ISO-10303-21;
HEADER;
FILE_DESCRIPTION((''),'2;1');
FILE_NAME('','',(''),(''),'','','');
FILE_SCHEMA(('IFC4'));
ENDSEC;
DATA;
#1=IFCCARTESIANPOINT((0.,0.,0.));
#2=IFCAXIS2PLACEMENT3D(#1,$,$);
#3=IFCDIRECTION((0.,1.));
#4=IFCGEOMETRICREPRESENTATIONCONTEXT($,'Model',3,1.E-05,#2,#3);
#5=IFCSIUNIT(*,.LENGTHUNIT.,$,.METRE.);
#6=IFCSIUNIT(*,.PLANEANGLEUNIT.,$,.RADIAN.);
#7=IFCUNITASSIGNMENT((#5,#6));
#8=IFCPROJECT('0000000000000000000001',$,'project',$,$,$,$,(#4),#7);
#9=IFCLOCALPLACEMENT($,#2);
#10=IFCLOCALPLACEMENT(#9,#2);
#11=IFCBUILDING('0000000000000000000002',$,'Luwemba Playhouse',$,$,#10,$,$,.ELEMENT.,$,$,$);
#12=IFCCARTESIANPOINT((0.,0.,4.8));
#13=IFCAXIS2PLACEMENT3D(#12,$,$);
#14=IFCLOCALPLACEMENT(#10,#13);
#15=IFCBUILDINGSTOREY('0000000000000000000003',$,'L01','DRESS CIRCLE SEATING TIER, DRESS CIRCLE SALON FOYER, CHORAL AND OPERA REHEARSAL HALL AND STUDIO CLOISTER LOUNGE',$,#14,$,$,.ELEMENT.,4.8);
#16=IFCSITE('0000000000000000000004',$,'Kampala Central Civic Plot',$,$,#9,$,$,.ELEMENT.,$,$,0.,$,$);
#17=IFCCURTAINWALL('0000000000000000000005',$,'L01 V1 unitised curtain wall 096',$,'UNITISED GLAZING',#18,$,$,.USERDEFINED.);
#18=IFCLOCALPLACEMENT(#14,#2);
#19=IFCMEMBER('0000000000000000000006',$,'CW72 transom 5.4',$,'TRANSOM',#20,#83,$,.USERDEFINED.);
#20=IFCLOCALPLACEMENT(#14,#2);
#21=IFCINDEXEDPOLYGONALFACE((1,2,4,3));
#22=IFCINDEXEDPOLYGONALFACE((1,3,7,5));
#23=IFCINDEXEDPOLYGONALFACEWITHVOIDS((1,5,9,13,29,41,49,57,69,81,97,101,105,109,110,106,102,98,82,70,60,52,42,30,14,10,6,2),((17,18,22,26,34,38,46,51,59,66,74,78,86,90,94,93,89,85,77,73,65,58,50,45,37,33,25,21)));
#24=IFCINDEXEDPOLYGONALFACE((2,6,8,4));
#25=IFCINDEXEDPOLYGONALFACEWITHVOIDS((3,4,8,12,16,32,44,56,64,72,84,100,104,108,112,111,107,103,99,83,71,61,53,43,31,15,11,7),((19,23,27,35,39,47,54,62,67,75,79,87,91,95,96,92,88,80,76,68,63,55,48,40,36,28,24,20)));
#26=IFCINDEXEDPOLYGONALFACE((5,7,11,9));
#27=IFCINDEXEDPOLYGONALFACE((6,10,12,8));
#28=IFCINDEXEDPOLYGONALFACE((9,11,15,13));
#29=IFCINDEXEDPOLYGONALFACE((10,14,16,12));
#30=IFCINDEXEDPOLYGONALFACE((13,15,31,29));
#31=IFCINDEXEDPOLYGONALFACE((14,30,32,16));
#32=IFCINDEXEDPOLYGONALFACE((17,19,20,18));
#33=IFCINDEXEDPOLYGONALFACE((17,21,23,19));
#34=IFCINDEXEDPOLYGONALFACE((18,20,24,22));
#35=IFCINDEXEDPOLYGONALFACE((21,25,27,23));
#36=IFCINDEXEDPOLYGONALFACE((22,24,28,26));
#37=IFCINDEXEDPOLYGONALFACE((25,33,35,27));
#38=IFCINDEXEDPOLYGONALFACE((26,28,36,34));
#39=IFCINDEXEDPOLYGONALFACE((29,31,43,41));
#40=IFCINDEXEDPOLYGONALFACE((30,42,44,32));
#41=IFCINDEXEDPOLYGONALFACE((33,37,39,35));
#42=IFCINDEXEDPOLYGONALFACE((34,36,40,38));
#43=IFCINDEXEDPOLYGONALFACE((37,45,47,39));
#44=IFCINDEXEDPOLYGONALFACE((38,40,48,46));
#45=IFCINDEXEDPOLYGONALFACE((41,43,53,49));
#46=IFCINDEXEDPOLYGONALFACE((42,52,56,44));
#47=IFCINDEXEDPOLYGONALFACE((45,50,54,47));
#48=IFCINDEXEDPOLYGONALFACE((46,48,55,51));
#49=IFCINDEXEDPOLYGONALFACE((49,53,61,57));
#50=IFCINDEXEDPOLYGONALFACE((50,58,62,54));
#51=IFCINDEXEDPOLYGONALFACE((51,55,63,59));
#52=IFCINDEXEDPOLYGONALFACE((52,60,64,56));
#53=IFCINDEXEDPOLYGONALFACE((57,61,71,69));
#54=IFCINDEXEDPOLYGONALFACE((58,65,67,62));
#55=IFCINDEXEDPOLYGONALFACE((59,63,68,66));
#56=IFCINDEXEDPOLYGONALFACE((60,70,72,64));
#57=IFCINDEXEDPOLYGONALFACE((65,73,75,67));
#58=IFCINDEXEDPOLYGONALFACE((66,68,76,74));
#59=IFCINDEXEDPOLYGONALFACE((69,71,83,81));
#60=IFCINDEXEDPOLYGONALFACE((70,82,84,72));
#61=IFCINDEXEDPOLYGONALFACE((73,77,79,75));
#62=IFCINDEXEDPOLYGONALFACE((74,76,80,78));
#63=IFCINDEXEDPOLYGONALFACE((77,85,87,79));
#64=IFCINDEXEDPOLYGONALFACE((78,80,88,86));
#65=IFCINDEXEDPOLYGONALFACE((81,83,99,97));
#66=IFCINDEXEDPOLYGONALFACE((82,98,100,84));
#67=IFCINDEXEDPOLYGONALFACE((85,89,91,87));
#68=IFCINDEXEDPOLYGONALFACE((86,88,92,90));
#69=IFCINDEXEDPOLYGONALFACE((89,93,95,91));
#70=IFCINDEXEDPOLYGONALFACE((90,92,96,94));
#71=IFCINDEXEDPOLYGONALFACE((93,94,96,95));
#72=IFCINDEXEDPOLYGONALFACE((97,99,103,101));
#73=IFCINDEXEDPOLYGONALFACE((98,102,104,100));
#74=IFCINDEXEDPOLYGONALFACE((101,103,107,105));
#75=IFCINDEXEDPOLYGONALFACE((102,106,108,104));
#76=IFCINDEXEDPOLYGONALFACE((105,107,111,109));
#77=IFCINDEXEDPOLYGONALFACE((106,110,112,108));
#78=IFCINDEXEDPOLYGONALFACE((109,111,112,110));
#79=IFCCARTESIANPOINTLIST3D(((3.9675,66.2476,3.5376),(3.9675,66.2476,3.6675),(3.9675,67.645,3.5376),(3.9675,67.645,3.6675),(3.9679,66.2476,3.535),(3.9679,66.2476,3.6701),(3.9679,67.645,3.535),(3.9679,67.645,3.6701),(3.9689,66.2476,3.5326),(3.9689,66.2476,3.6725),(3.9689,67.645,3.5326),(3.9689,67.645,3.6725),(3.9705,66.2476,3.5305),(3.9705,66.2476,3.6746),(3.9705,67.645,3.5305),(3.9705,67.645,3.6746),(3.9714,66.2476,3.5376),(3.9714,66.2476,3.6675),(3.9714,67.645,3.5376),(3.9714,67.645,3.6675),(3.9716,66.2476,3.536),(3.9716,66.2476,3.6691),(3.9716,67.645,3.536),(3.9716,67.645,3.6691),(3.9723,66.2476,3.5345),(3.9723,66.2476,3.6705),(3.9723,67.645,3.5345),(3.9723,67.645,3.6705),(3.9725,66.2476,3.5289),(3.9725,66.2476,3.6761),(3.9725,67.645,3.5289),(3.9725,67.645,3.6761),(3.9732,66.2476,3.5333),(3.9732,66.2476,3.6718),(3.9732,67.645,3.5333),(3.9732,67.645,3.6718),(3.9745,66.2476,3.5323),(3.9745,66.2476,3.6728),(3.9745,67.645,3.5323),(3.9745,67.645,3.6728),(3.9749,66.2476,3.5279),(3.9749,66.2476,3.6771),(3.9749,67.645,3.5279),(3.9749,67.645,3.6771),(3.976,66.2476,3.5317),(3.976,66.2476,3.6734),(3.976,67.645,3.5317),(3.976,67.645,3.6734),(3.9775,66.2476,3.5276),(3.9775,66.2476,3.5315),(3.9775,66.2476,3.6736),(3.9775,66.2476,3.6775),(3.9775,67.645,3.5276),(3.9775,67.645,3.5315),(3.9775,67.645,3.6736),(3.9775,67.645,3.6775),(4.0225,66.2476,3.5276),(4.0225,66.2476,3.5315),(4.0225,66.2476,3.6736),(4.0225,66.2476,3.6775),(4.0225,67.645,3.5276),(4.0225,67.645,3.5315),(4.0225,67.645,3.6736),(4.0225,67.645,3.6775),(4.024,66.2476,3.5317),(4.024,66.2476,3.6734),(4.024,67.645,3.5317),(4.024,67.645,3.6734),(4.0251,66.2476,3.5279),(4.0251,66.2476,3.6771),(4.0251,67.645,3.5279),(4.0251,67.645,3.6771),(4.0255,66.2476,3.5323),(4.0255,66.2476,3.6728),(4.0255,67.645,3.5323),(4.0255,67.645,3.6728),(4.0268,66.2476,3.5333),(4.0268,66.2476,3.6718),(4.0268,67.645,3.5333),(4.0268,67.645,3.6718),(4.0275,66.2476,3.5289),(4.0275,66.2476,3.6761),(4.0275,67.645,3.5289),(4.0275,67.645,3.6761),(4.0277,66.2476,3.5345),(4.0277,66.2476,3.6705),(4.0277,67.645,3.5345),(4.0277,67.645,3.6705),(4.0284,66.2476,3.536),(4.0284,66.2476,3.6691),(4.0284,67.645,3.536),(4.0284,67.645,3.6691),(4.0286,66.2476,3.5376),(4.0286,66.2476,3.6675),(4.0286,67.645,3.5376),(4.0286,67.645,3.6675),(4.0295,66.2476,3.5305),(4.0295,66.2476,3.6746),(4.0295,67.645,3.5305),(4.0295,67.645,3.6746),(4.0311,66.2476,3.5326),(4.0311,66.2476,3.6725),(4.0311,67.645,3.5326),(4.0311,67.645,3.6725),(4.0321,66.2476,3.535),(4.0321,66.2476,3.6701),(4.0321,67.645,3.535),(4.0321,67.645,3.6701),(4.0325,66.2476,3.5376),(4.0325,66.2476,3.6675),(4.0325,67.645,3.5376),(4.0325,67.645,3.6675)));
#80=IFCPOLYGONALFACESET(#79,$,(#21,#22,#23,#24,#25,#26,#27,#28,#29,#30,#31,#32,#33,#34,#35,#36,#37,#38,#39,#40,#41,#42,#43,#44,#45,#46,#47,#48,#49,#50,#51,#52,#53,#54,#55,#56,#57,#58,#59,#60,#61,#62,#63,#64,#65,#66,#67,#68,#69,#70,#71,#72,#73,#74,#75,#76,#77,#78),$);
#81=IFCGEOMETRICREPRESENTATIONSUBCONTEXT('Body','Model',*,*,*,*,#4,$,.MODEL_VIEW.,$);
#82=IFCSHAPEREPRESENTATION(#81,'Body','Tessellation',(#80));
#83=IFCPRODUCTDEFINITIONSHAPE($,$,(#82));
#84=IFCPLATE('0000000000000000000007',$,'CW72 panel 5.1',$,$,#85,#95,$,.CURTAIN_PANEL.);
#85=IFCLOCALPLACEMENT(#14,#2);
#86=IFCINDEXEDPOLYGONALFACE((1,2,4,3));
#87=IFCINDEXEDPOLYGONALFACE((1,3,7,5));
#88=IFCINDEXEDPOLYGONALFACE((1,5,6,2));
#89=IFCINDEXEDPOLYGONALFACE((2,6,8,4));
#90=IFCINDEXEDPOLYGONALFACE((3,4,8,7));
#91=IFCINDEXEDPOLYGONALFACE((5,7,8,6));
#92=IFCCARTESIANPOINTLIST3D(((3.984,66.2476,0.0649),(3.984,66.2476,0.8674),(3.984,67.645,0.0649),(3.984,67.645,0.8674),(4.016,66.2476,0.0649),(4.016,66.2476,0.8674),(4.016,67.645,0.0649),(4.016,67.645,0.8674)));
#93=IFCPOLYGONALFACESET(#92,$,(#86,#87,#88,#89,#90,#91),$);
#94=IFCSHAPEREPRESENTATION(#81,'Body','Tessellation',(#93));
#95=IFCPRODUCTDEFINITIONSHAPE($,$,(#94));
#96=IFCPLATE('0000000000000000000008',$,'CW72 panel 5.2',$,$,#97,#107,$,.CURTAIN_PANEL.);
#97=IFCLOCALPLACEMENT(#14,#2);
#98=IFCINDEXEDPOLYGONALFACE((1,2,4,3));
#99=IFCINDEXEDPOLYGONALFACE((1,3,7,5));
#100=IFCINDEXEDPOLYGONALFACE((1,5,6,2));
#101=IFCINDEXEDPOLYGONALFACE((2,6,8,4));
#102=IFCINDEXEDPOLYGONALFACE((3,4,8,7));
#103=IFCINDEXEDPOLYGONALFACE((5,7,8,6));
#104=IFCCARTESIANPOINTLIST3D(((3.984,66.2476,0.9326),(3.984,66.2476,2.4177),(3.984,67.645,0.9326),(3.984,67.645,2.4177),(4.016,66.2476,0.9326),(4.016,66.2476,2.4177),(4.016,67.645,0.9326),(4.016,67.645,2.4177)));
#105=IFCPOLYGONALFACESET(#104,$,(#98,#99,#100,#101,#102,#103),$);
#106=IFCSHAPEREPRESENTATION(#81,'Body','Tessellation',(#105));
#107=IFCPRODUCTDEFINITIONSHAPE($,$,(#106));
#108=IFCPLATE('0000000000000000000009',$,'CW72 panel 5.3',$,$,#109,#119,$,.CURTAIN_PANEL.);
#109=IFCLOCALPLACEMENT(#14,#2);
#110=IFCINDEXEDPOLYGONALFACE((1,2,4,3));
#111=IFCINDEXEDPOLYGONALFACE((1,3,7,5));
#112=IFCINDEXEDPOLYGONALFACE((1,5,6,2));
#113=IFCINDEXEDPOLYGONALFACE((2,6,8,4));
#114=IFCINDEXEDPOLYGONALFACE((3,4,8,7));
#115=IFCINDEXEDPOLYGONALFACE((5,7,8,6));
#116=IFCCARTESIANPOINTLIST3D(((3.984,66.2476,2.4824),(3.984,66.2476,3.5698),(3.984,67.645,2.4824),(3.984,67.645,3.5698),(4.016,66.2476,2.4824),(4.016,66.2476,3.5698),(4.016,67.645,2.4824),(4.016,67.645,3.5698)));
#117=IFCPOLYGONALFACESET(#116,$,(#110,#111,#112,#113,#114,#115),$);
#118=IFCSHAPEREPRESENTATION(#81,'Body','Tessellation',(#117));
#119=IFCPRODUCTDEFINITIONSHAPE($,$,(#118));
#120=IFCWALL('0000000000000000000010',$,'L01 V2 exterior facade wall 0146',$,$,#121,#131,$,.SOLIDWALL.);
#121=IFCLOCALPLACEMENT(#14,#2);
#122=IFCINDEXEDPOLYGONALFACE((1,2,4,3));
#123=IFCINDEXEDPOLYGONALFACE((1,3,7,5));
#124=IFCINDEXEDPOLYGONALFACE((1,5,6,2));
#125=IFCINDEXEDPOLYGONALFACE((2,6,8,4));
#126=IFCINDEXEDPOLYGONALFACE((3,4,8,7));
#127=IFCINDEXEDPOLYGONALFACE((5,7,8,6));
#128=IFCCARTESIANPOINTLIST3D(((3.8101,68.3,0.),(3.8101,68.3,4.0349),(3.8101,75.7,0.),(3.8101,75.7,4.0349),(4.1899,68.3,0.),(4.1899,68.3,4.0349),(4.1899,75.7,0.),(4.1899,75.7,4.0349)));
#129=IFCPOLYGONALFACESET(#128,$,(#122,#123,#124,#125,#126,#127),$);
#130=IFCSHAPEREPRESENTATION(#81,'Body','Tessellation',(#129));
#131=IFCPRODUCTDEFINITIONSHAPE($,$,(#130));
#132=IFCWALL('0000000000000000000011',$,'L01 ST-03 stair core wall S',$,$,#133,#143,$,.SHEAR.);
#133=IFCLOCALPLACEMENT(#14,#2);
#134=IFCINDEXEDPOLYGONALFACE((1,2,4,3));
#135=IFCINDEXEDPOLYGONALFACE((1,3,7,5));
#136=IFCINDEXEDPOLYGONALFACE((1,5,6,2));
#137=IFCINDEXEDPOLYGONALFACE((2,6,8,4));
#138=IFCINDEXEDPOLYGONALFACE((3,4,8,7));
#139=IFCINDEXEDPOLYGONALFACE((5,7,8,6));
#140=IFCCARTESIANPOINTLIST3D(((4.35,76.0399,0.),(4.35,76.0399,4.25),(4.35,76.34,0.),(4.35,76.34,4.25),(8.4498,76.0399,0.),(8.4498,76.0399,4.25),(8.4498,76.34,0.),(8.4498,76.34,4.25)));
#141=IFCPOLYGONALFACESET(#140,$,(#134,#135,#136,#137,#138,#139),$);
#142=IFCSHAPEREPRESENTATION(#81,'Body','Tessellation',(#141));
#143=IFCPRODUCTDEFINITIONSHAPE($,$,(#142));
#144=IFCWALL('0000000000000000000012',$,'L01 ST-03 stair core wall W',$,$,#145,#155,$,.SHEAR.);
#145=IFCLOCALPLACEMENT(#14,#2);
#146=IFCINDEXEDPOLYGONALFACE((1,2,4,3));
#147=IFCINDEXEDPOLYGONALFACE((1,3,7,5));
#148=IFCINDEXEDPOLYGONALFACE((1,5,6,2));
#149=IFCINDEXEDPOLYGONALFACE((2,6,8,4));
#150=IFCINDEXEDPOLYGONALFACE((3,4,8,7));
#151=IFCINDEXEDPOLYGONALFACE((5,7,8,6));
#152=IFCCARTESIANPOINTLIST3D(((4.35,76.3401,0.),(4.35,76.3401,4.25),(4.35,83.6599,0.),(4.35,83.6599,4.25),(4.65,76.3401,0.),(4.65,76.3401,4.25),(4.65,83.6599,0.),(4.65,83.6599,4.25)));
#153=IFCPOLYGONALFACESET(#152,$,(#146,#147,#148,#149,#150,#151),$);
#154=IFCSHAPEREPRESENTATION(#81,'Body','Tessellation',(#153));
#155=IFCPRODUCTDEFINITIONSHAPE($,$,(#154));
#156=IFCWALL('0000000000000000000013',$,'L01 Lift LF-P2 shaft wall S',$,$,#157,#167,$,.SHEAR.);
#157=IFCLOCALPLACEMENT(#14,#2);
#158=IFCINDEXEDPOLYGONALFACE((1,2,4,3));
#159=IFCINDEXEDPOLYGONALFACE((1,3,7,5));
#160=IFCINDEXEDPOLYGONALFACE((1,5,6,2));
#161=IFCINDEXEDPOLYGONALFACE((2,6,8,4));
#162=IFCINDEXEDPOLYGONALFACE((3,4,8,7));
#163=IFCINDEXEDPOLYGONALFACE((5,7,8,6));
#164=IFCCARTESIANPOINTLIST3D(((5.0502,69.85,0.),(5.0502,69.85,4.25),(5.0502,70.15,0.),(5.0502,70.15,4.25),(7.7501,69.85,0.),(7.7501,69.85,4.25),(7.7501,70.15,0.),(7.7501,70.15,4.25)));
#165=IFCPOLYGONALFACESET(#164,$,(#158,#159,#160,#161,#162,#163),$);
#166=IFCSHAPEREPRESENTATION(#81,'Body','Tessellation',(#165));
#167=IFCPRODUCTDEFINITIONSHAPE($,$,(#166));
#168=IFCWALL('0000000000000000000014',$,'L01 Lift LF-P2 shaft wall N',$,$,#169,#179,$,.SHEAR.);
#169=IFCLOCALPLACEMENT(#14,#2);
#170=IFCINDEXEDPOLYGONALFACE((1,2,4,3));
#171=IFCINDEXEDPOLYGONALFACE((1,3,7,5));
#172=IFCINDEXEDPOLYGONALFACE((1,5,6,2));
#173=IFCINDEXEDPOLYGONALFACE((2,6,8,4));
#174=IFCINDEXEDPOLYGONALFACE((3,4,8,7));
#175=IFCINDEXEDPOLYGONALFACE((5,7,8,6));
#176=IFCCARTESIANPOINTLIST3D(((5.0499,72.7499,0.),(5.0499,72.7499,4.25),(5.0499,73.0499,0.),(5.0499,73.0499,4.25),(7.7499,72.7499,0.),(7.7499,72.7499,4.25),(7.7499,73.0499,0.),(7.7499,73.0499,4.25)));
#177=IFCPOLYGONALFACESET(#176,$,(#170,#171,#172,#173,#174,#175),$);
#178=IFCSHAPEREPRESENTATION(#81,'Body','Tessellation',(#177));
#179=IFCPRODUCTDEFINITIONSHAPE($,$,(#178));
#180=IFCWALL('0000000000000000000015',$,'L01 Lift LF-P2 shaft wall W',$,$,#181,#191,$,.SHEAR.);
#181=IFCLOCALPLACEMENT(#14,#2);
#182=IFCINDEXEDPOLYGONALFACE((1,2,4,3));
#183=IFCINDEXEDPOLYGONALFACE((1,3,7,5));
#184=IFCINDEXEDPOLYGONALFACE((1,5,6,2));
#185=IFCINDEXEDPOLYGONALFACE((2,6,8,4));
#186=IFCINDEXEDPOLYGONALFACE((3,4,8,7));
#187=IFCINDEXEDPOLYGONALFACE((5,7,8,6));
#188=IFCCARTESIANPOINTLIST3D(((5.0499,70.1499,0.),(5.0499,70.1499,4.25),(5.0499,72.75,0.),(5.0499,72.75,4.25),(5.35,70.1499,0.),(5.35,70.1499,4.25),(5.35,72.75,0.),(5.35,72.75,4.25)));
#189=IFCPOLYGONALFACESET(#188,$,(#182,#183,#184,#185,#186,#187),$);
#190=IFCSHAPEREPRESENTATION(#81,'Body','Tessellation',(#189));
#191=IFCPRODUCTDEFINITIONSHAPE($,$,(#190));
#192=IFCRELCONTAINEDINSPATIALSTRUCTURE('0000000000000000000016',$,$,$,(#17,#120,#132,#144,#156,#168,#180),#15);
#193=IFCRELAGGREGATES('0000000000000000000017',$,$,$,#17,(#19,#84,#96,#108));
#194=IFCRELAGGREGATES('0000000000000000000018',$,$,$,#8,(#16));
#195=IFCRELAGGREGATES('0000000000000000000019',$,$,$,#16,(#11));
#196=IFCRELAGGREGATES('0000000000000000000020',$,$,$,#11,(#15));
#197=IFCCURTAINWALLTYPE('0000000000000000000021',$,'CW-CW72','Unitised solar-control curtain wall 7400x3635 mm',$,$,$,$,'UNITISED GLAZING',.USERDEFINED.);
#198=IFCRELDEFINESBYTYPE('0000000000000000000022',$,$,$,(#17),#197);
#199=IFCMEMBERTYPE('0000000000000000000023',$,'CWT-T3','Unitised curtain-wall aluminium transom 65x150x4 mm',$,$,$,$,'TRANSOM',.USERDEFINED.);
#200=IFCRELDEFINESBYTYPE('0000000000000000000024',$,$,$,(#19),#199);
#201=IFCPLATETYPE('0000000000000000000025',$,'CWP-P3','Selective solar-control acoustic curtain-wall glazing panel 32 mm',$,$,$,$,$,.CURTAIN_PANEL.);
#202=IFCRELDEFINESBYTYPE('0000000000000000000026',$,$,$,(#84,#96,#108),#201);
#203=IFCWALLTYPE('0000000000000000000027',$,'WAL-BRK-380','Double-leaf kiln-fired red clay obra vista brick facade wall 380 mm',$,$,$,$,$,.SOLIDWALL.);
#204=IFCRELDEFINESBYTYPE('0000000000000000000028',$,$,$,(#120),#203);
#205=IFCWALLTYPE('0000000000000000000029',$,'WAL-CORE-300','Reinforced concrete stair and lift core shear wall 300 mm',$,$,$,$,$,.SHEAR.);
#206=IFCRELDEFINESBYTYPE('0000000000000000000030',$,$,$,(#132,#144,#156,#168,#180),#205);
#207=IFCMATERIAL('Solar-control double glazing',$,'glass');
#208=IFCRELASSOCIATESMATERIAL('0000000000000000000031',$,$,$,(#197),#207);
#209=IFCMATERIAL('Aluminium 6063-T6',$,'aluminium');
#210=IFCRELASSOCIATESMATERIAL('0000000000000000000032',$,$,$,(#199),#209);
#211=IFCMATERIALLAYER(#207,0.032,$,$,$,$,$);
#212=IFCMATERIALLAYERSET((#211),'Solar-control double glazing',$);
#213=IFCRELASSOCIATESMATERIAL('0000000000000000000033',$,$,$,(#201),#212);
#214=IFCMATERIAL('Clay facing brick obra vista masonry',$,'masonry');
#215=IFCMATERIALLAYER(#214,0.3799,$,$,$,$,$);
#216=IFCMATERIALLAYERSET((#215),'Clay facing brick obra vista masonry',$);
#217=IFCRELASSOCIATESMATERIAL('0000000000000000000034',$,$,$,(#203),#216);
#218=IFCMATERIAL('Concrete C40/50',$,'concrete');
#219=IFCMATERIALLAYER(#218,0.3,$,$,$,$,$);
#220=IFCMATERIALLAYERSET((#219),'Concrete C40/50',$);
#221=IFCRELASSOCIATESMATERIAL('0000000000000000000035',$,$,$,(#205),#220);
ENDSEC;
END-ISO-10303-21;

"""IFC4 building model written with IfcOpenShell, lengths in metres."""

from ifc_helpers import new_model, si_unit, direction, frame, frame_2d, origin, origin_2d, place, context, subcontext, project, spatial, rectangle, hollow_rectangle, extrude, material, layer, layer_set, material_profile, profile_set, type_object, element, aggregate, save


model = new_model("IFC4")

# Units and contexts
model_context = context("Model", 3, precision=1e-05, world=origin(), true_north=direction((0.0, 1.0)))
body_context = subcontext(model_context, "Body", "Model", "MODEL_VIEW")
ifc_project = project(units=[si_unit("LENGTHUNIT", "METRE"), si_unit("PLANEANGLEUNIT", "RADIAN")], contexts=[model_context])

# Site, building, storey
site_placement = place(None, origin())
site = spatial("IfcSite", under=ifc_project, at=site_placement, Name="Kampala Central Civic Plot", CompositionType="ELEMENT", RefElevation=0.0)
building_placement = place(site_placement, origin())
building = spatial("IfcBuilding", under=site, at=building_placement, Name="Luwemba Playhouse", CompositionType="ELEMENT")
storey_placement = place(building_placement, frame((0.0, 0.0, 4.8)))
storey = spatial("IfcBuildingStorey", under=building, at=storey_placement, Name="L01", Description="DRESS CIRCLE SEATING TIER, DRESS CIRCLE SALON FOYER, CHORAL AND OPERA REHEARSAL HALL AND STUDIO CLOISTER LOUNGE", CompositionType="ELEMENT", Elevation=4.8)

# Shared definitions
ifc_material_1 = material(Name="Concrete C40/50", Category="concrete")

# Curtain wall, member, plates
ifc_material_2 = material(Name="Solar-control double glazing", Category="glass")
curtain_wall_type = type_object("IfcCurtainWallType", Name="CW-CW72", Description="Unitised solar-control curtain wall 7400x3635 mm", ElementType="UNITISED GLAZING", PredefinedType="USERDEFINED", material=ifc_material_2)
curtain_wall_placement = place(storey_placement, origin())
curtain_wall = element("IfcCurtainWall", 1, at=curtain_wall_placement, inside=storey, type_object=curtain_wall_type, Name="L01 V1 unitised curtain wall 096", ObjectType="UNITISED GLAZING", PredefinedType="USERDEFINED")
ifc_material_3 = material(Name="Aluminium 6063-T6", Category="aluminium")
ifc_material_profile_1 = material_profile(ifc_material_3, hollow_rectangle(XDim=0.0649, YDim=0.1499, WallThickness=0.0039, InnerFilletRadius=0.0061, OuterFilletRadius=0.01, at=origin_2d()))
ifc_profile_set_1 = profile_set([ifc_material_profile_1], Name="Aluminium 6063-T6")
member_type_1 = type_object("IfcMemberType", Name="CWT-T3", Description="Unitised curtain-wall aluminium transom 65x150x4 mm", ElementType="TRANSOM", PredefinedType="USERDEFINED", material=ifc_profile_set_1)
member_1_placement = place(storey_placement, frame((4.0, 66.2476, 3.6025), z_axis=(0.0, 1.0, 0.0), x_axis=(-1.0, 0.0, 0.0)))
member_1 = element("IfcMember", 2, at=member_1_placement, type_object=member_type_1, Name="CW72 transom 5.4", ObjectType="TRANSOM", PredefinedType="USERDEFINED", context=body_context, shape_type="SweptSolid", body=[
    extrude(hollow_rectangle(XDim=0.0649, YDim=0.1499, WallThickness=0.0039, InnerFilletRadius=0.0061, OuterFilletRadius=0.01, at=origin_2d()), origin(), (0.0, 0.0, 1.0), 1.3975),
])
ifc_layer_1 = layer(ifc_material_2, 0.032)
ifc_layer_set_1 = layer_set([ifc_layer_1], Name="Solar-control double glazing")
plate_type = type_object("IfcPlateType", Name="CWP-P3", Description="Selective solar-control acoustic curtain-wall glazing panel 32 mm", PredefinedType="CURTAIN_PANEL", material=ifc_layer_set_1)
plate_1_placement = place(storey_placement, frame((4.0, 66.9463, 0.0649), z_axis=(0.0, 0.0, 1.0), x_axis=(0.0, 1.0, 0.0)))
plate_1 = element("IfcPlate", 3, at=plate_1_placement, type_object=plate_type, Name="CW72 panel 5.1", PredefinedType="CURTAIN_PANEL", context=body_context, shape_type="SweptSolid", body=[
    extrude(rectangle(XDim=1.3975, YDim=0.032, at=origin_2d()), origin(), (0.0, 0.0, 1.0), 0.8025),
])
plate_2_placement = place(storey_placement, frame((4.0, 66.9463, 0.9326), z_axis=(0.0, 0.0, 1.0), x_axis=(0.0, 1.0, 0.0)))
plate_2 = element("IfcPlate", 4, at=plate_2_placement, type_object=plate_type, Name="CW72 panel 5.2", PredefinedType="CURTAIN_PANEL", context=body_context, shape_type="SweptSolid", body=[
    extrude(rectangle(XDim=1.3975, YDim=0.032, at=origin_2d()), origin(), (0.0, 0.0, 1.0), 1.4851),
])
plate_3_placement = place(storey_placement, frame((4.0, 66.9463, 2.4824), z_axis=(0.0, 0.0, 1.0), x_axis=(0.0, 1.0, 0.0)))
plate_3 = element("IfcPlate", 5, at=plate_3_placement, type_object=plate_type, Name="CW72 panel 5.3", PredefinedType="CURTAIN_PANEL", context=body_context, shape_type="SweptSolid", body=[
    extrude(rectangle(XDim=1.3975, YDim=0.032, at=origin_2d()), origin(), (0.0, 0.0, 1.0), 1.0874),
])
aggregate(curtain_wall, [member_1, plate_1, plate_2, plate_3])

# Walls
ifc_material_4 = material(Name="Clay facing brick obra vista masonry", Category="masonry")
ifc_layer_2 = layer(ifc_material_4, 0.3799)
ifc_layer_set_2 = layer_set([ifc_layer_2], Name="Clay facing brick obra vista masonry")
wall_type_1 = type_object("IfcWallType", Name="WAL-BRK-380", Description="Double-leaf kiln-fired red clay obra vista brick facade wall 380 mm", PredefinedType="SOLIDWALL", material=ifc_layer_set_2)
wall_1_placement = place(storey_placement, frame((4.0, 68.3, 0.0), z_axis=(0.0, 0.0, 1.0), x_axis=(0.0, 1.0, 0.0)))
element("IfcWall", 6, at=wall_1_placement, inside=storey, type_object=wall_type_1, Name="L01 V2 exterior facade wall 0146", PredefinedType="SOLIDWALL", context=body_context, shape_type="SweptSolid", body=[
    extrude(rectangle(XDim=7.3999, YDim=0.3799, at=frame_2d((3.7, 0.0))), origin(), (0.0, 0.0, 1.0), 4.0349),
])
ifc_layer_3 = layer(ifc_material_1, 0.3)
ifc_layer_set_3 = layer_set([ifc_layer_3], Name="Concrete C40/50")
wall_type_2 = type_object("IfcWallType", Name="WAL-CORE-300", Description="Reinforced concrete stair and lift core shear wall 300 mm", PredefinedType="SHEAR", material=ifc_layer_set_3)
wall_2_placement = place(storey_placement, frame((4.3501, 76.1899, 0.0), z_axis=(0.0, 0.0, 1.0), x_axis=(1.0, 0.0, 0.0)))
element("IfcWall", 7, at=wall_2_placement, inside=storey, type_object=wall_type_2, Name="L01 ST-03 stair core wall S", PredefinedType="SHEAR", context=body_context, shape_type="SweptSolid", body=[
    extrude(rectangle(XDim=4.0999, YDim=0.3, at=frame_2d((2.0498, 0.0))), origin(), (0.0, 0.0, 1.0), 4.25),
])
wall_3_placement = place(storey_placement, frame((4.5, 76.3401, 0.0), z_axis=(0.0, 0.0, 1.0), x_axis=(0.0, 1.0, 0.0)))
element("IfcWall", 8, at=wall_3_placement, inside=storey, type_object=wall_type_2, Name="L01 ST-03 stair core wall W", PredefinedType="SHEAR", context=body_context, shape_type="SweptSolid", body=[
    extrude(rectangle(XDim=7.3198, YDim=0.3, at=frame_2d((3.6599, 0.0))), origin(), (0.0, 0.0, 1.0), 4.25),
])

# Walls
for number, where, z_axis, x_axis, name in (
    (9, (5.05, 70.0, 0.0), (0.0, 0.0, 1.0), (1.0, 0.0, 0.0), "L01 Lift LF-P2 shaft wall S"),
    (10, (7.75, 72.8999, 0.0), (0.0, 0.0, 1.0), (-1.0, 0.0, 0.0), "L01 Lift LF-P2 shaft wall N"),
):
    element("IfcWall", number, at=place(storey_placement, frame(where, z_axis=z_axis, x_axis=x_axis)), inside=storey, type_object=wall_type_2, Name=name, PredefinedType="SHEAR", context=body_context, shape_type="SweptSolid", body=[
        extrude(rectangle(XDim=2.7, YDim=0.3, at=frame_2d((1.3501, 0.0))), origin(), (0.0, 0.0, 1.0), 4.25),
    ])
wall_4_placement = place(storey_placement, frame((5.2, 70.1499, 0.0), z_axis=(0.0, 0.0, 1.0), x_axis=(0.0, 1.0, 0.0)))
element("IfcWall", 11, at=wall_4_placement, inside=storey, type_object=wall_type_2, Name="L01 Lift LF-P2 shaft wall W", PredefinedType="SHEAR", context=body_context, shape_type="SweptSolid", body=[
    extrude(rectangle(XDim=2.6001, YDim=0.3, at=frame_2d((1.3, 0.0))), origin(), (0.0, 0.0, 1.0), 4.25),
])

save(model, "model.ifc")
